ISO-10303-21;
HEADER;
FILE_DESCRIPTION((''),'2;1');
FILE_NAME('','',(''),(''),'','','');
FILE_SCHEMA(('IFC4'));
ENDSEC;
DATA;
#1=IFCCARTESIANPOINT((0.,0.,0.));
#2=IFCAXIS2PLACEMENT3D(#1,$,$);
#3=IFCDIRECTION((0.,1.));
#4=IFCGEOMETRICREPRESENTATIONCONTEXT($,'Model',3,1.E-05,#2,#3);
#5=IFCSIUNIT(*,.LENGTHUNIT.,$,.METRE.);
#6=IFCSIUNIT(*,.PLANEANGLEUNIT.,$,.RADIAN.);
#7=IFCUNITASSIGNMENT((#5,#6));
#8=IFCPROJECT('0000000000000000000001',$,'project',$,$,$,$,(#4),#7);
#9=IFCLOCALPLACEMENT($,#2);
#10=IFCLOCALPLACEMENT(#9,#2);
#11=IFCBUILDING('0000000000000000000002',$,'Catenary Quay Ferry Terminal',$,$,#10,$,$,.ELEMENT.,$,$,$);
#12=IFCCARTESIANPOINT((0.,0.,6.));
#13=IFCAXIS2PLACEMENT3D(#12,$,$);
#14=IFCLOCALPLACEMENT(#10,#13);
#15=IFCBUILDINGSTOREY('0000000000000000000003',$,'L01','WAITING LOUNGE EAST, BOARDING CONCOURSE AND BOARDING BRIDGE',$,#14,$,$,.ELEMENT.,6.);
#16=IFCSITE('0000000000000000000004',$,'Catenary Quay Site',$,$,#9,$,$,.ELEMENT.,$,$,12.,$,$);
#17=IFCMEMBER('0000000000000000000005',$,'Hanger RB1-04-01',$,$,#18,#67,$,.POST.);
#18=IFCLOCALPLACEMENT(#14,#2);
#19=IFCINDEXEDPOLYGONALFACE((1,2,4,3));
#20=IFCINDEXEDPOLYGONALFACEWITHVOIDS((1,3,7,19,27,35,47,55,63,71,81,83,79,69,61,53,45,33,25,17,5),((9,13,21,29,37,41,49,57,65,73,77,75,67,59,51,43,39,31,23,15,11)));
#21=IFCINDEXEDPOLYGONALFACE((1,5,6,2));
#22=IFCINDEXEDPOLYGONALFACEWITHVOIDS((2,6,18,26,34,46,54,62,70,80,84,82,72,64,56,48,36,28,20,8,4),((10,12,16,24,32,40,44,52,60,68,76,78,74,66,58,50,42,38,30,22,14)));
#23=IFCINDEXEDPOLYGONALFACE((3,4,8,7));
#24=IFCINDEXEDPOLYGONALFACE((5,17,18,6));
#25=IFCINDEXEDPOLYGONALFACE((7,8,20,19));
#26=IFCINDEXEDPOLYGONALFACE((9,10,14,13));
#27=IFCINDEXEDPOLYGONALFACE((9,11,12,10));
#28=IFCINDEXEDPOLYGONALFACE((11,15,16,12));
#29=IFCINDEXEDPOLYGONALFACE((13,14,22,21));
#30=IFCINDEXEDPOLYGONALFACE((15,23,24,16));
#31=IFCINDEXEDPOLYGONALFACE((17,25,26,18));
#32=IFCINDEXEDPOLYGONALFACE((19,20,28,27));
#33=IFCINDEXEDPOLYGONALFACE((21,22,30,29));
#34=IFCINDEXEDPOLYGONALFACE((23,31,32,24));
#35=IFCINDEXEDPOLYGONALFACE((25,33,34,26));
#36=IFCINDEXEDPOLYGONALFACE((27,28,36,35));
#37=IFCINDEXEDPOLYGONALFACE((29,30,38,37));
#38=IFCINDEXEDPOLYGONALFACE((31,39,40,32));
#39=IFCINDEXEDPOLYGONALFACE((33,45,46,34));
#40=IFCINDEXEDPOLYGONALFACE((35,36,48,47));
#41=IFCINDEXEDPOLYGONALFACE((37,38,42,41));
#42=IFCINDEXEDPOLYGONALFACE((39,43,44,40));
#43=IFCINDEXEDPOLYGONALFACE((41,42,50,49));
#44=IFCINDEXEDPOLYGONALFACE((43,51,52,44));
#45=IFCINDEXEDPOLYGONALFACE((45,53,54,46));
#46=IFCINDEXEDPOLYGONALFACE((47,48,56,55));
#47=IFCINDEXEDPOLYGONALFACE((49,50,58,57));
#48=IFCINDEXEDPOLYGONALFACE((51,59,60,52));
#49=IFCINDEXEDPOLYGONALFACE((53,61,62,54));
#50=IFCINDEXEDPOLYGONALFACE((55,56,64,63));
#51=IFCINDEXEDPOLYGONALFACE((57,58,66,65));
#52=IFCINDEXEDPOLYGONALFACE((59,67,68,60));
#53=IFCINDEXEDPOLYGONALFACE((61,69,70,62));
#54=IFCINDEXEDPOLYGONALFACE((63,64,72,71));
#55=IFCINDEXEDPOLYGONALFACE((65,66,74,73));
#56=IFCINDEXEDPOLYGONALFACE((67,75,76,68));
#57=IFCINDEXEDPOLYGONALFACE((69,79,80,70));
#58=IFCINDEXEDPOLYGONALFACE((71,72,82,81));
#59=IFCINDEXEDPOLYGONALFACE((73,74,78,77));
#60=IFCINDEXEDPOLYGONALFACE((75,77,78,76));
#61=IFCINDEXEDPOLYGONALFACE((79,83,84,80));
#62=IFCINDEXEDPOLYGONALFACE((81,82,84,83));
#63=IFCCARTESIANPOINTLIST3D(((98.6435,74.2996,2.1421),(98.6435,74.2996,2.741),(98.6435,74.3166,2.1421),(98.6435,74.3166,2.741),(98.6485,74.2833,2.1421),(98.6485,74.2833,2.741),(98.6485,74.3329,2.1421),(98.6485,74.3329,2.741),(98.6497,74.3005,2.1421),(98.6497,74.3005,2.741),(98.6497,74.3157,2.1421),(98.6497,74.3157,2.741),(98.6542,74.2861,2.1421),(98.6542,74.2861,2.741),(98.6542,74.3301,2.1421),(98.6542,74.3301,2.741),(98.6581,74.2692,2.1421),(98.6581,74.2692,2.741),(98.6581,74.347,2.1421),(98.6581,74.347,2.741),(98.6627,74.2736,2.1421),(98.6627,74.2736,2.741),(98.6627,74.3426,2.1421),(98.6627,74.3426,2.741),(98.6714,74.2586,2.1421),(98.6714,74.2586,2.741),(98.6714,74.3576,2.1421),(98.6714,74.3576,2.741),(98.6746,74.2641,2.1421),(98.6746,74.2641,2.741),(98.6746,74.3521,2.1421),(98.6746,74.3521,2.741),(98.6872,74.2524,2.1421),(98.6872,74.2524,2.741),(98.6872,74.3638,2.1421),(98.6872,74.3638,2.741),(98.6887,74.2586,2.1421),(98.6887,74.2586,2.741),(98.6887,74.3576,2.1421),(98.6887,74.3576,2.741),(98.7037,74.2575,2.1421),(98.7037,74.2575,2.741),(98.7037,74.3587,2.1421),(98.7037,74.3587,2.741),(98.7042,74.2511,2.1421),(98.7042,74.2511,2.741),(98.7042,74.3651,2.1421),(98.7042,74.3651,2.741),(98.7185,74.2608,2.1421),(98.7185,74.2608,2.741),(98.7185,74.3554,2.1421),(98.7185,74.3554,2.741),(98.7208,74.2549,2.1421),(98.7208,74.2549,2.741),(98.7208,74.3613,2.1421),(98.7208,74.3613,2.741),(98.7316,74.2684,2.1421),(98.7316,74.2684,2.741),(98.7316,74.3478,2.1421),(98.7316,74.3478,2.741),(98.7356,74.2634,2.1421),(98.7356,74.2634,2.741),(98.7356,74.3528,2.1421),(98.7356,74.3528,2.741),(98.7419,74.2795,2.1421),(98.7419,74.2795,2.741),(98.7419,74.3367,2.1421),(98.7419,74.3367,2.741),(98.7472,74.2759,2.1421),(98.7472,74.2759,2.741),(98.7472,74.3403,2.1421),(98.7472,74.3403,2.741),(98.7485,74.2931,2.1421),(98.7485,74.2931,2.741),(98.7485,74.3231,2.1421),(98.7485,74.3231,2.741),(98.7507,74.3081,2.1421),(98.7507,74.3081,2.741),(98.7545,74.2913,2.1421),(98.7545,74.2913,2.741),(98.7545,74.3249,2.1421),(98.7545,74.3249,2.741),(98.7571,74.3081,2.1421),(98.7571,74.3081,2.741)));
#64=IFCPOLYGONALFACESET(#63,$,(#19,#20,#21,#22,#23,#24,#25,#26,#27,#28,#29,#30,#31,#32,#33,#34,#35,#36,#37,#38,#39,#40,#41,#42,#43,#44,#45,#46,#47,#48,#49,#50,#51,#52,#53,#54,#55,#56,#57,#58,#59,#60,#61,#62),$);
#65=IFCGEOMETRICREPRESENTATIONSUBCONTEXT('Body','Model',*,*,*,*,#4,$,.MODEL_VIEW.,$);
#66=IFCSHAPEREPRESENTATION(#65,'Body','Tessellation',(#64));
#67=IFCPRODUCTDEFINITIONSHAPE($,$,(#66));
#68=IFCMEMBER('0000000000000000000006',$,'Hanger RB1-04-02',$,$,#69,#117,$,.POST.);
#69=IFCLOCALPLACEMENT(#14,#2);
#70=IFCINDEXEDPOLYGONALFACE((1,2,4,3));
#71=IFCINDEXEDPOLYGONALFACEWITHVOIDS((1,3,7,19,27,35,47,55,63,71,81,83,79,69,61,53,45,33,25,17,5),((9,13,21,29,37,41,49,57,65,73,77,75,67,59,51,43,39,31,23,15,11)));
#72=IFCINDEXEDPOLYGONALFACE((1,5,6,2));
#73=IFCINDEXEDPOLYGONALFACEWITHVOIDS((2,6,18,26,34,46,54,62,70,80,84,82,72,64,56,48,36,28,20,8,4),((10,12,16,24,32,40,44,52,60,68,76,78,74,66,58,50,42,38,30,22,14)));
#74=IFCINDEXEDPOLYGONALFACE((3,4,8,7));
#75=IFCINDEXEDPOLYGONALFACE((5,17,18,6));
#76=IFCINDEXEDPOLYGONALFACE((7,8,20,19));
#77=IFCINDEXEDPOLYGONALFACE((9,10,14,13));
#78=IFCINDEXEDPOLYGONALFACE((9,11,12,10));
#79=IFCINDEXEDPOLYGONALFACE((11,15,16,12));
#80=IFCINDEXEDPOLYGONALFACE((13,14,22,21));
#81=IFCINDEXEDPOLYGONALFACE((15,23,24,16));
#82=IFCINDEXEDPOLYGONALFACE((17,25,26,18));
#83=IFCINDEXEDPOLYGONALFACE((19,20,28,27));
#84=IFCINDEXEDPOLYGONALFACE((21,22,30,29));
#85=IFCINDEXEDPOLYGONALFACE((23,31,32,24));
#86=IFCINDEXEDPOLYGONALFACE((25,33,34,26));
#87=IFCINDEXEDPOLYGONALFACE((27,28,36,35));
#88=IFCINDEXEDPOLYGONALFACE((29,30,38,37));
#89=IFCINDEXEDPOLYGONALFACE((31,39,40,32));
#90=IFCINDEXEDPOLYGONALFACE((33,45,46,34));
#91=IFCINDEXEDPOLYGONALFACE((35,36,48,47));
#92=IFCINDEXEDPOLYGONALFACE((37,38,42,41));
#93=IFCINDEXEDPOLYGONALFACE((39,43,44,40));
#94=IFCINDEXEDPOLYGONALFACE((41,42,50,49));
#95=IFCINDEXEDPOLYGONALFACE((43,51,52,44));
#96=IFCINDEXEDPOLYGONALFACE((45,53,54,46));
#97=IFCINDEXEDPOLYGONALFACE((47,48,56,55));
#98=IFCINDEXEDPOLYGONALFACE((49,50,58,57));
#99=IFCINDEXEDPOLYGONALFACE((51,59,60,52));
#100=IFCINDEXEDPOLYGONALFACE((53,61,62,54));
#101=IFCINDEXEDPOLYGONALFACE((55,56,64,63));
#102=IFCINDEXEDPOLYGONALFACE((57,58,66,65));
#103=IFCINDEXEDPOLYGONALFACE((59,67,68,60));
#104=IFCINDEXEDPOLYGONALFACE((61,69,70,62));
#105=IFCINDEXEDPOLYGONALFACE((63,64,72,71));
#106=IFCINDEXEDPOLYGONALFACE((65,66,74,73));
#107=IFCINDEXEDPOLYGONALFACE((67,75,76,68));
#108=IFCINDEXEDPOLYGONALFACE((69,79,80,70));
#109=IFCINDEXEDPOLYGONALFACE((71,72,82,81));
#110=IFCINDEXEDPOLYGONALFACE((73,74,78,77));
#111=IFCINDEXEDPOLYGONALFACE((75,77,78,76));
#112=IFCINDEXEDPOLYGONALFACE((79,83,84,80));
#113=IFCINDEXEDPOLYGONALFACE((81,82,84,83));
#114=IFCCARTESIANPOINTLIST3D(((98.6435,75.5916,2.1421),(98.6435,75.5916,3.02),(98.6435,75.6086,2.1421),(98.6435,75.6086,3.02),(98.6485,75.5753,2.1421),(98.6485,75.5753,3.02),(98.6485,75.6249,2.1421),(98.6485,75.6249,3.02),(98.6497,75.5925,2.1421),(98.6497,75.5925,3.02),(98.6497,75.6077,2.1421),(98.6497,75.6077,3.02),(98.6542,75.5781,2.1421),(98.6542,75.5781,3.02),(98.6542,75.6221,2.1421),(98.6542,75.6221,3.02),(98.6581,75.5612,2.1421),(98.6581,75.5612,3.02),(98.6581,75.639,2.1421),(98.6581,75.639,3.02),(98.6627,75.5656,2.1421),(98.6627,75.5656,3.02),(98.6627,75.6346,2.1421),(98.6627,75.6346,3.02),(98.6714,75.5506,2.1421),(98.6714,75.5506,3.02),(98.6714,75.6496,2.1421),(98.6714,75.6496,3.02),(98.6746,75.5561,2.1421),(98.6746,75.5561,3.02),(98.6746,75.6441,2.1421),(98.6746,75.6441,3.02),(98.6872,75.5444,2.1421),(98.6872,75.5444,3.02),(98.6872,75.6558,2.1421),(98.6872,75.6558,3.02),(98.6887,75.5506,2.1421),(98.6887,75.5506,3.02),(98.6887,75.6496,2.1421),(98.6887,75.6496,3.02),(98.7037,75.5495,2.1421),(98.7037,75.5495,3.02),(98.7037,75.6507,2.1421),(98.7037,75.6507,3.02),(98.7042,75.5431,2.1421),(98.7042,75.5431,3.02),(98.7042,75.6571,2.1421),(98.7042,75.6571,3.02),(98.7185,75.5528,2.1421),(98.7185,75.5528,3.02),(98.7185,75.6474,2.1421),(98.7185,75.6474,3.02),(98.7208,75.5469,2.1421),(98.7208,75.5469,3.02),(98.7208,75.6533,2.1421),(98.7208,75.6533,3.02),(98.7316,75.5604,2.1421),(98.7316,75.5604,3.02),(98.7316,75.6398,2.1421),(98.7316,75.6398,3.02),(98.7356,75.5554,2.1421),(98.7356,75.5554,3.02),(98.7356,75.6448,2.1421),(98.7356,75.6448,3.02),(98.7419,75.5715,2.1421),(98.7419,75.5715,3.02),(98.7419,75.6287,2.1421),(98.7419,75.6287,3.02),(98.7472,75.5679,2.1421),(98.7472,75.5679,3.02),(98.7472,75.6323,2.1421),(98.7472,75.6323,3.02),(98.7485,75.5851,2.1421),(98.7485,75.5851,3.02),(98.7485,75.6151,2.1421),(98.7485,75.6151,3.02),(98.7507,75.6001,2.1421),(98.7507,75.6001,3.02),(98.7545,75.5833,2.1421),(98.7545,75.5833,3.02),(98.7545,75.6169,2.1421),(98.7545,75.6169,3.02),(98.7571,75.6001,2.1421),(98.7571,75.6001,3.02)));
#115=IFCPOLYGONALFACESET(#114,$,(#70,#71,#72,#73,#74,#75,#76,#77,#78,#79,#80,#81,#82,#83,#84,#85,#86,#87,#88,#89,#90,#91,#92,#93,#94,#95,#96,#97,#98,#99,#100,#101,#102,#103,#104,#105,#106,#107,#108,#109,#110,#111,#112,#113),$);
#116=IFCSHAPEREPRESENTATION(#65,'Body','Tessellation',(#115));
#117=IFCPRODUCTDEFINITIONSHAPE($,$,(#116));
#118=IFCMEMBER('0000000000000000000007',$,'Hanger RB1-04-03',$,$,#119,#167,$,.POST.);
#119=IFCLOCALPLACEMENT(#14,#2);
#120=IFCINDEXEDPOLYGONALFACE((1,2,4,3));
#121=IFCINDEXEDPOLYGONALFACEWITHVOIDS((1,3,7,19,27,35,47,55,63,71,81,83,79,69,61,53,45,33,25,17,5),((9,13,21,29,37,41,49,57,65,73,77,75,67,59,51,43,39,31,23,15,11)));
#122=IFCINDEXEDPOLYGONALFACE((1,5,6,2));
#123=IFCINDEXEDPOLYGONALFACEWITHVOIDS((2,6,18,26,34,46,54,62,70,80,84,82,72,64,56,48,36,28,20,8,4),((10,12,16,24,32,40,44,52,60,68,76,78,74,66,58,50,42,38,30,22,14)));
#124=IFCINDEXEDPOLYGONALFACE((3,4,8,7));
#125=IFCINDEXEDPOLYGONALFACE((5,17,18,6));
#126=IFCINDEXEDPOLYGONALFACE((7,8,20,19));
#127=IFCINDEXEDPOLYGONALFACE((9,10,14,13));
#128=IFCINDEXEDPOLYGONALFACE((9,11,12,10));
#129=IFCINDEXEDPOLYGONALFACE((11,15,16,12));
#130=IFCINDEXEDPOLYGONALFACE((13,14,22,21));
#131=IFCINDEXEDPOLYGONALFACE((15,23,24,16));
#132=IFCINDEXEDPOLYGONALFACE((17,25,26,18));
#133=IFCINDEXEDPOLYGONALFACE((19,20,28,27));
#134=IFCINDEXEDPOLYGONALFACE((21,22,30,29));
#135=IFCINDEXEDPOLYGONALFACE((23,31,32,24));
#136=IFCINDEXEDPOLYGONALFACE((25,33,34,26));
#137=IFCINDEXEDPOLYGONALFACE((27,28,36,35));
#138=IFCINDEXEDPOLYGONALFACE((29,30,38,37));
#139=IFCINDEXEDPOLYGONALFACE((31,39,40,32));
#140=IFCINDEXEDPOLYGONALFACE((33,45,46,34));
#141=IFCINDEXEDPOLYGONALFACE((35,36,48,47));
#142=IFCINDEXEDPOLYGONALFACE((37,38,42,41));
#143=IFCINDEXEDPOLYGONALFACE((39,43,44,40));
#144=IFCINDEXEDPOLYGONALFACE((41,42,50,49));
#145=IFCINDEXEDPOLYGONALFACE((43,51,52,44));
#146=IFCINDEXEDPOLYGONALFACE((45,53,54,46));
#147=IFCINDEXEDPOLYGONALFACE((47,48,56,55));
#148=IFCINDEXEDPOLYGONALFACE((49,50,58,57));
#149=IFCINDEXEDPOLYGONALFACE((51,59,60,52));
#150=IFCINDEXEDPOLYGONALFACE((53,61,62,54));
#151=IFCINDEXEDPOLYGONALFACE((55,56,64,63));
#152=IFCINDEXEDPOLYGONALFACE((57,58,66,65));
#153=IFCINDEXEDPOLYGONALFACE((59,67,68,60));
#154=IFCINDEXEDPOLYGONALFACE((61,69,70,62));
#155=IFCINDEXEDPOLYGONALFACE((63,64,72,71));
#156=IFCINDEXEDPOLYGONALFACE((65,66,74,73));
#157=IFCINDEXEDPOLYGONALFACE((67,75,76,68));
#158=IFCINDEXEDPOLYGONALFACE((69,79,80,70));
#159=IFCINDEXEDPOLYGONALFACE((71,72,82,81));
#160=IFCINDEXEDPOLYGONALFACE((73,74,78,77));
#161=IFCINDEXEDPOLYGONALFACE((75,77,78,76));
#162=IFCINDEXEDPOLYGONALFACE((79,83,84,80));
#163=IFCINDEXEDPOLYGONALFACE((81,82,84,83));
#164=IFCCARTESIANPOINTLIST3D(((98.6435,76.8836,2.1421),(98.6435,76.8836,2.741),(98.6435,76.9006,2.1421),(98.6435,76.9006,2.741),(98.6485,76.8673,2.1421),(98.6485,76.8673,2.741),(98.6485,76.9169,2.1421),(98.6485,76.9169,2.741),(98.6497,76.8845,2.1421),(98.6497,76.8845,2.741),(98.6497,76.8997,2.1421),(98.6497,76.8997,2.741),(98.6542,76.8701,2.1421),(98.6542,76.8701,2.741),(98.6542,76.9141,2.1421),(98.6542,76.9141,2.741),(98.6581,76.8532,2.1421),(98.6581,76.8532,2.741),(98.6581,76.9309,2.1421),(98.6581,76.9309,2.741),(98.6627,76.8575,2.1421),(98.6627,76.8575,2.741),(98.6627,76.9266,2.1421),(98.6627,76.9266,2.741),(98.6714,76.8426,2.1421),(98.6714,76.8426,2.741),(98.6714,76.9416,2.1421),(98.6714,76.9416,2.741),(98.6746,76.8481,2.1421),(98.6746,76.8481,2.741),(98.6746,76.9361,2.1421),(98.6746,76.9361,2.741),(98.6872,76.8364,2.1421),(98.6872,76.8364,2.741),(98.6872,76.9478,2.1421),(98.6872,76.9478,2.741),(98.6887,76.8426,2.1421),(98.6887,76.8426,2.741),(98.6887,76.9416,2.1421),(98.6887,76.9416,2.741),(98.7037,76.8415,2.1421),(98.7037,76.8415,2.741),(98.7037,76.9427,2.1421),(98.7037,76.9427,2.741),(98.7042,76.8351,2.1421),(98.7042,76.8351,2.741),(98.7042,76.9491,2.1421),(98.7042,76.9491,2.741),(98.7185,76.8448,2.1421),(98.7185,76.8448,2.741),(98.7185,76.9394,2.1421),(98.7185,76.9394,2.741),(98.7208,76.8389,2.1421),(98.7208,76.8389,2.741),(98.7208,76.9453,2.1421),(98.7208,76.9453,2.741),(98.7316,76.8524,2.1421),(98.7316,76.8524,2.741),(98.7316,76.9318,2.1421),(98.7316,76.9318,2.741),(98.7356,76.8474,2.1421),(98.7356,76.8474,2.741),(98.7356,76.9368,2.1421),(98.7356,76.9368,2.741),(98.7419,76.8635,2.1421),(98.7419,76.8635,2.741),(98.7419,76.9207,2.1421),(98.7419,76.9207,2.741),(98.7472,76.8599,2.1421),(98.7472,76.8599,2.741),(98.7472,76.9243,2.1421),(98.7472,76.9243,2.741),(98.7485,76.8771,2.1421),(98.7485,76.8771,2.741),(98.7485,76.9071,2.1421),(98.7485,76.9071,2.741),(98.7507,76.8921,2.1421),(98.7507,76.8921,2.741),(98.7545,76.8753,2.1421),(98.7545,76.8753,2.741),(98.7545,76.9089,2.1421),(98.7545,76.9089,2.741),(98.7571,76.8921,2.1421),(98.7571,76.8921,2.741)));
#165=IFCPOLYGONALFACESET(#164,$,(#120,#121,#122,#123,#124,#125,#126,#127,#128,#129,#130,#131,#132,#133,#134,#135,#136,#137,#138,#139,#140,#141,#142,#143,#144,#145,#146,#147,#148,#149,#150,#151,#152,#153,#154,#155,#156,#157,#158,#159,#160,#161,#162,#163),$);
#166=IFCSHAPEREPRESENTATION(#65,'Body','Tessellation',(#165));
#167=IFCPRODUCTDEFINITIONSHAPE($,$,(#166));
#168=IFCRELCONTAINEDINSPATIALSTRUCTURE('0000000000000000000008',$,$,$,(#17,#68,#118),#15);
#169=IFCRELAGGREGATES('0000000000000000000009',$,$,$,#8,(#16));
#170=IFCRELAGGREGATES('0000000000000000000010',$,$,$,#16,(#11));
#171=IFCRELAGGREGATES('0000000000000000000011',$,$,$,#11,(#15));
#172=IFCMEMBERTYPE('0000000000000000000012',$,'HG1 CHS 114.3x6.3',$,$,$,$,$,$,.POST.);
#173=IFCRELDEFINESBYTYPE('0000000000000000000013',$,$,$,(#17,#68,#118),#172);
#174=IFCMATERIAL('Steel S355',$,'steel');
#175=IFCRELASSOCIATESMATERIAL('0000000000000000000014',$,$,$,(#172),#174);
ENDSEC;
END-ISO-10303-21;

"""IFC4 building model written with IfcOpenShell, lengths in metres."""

from ifc_helpers import new_model, si_unit, direction, frame, origin, origin_2d, place, context, subcontext, project, spatial, hollow_circle, extrude, material, material_profile, profile_set, type_object, element, save


model = new_model("IFC4")

# Units and contexts
model_context = context("Model", 3, precision=1e-05, world=origin(), true_north=direction((0.0, 1.0)))
body_context = subcontext(model_context, "Body", "Model", "MODEL_VIEW")
ifc_project = project(units=[si_unit("LENGTHUNIT", "METRE"), si_unit("PLANEANGLEUNIT", "RADIAN")], contexts=[model_context])

# Site, building, storey
site_placement = place(None, origin())
site = spatial("IfcSite", under=ifc_project, at=site_placement, Name="Catenary Quay Site", CompositionType="ELEMENT", RefElevation=12.0)
building_placement = place(site_placement, origin())
building = spatial("IfcBuilding", under=site, at=building_placement, Name="Catenary Quay Ferry Terminal", CompositionType="ELEMENT")
storey_placement = place(building_placement, frame((0.0, 0.0, 6.0)))
storey = spatial("IfcBuildingStorey", under=building, at=storey_placement, Name="L01", Description="WAITING LOUNGE EAST, BOARDING CONCOURSE AND BOARDING BRIDGE", CompositionType="ELEMENT", Elevation=6.0)

# Members
ifc_material_1 = material(Name="Steel S355", Category="steel")
ifc_material_profile_1 = material_profile(ifc_material_1, hollow_circle(Radius=0.0571, WallThickness=0.0063, at=origin_2d()), Name="CHS 114.3x6.3")
ifc_profile_set_1 = profile_set([ifc_material_profile_1], Name="Steel S355")
member_type_1 = type_object("IfcMemberType", Name="HG1 CHS 114.3x6.3", PredefinedType="POST", material=ifc_profile_set_1)
member_1_placement = place(storey_placement, frame((98.7, 74.3081, 2.1421), z_axis=(0.0, 0.0, 1.0), x_axis=(1.0, 0.0, 0.0)))
element("IfcMember", 1, at=member_1_placement, inside=storey, type_object=member_type_1, Name="Hanger RB1-04-01", PredefinedType="POST", context=body_context, shape_type="SweptSolid", body=[
    extrude(hollow_circle(Radius=0.0571, WallThickness=0.0063, at=origin_2d()), origin(), (0.0, 0.0, 1.0), 0.5989),
])
member_2_placement = place(storey_placement, frame((98.7, 75.6001, 2.1421), z_axis=(0.0, 0.0, 1.0), x_axis=(1.0, 0.0, 0.0)))
element("IfcMember", 2, at=member_2_placement, inside=storey, type_object=member_type_1, Name="Hanger RB1-04-02", PredefinedType="POST", context=body_context, shape_type="SweptSolid", body=[
    extrude(hollow_circle(Radius=0.0571, WallThickness=0.0063, at=origin_2d()), origin(), (0.0, 0.0, 1.0), 0.8779),
])
for number, where, z_axis, x_axis, name in (
    (3, (98.7, 76.8921, 2.1421), (0.0, 0.0, 1.0), (1.0, 0.0, 0.0), "Hanger RB1-04-03"),
):
    element("IfcMember", number, at=place(storey_placement, frame(where, z_axis=z_axis, x_axis=x_axis)), inside=storey, type_object=member_type_1, Name=name, PredefinedType="POST", context=body_context, shape_type="SweptSolid", body=[
        extrude(hollow_circle(Radius=0.0571, WallThickness=0.0063, at=origin_2d()), origin(), (0.0, 0.0, 1.0), 0.5989),
    ])

save(model, "model.ifc")
